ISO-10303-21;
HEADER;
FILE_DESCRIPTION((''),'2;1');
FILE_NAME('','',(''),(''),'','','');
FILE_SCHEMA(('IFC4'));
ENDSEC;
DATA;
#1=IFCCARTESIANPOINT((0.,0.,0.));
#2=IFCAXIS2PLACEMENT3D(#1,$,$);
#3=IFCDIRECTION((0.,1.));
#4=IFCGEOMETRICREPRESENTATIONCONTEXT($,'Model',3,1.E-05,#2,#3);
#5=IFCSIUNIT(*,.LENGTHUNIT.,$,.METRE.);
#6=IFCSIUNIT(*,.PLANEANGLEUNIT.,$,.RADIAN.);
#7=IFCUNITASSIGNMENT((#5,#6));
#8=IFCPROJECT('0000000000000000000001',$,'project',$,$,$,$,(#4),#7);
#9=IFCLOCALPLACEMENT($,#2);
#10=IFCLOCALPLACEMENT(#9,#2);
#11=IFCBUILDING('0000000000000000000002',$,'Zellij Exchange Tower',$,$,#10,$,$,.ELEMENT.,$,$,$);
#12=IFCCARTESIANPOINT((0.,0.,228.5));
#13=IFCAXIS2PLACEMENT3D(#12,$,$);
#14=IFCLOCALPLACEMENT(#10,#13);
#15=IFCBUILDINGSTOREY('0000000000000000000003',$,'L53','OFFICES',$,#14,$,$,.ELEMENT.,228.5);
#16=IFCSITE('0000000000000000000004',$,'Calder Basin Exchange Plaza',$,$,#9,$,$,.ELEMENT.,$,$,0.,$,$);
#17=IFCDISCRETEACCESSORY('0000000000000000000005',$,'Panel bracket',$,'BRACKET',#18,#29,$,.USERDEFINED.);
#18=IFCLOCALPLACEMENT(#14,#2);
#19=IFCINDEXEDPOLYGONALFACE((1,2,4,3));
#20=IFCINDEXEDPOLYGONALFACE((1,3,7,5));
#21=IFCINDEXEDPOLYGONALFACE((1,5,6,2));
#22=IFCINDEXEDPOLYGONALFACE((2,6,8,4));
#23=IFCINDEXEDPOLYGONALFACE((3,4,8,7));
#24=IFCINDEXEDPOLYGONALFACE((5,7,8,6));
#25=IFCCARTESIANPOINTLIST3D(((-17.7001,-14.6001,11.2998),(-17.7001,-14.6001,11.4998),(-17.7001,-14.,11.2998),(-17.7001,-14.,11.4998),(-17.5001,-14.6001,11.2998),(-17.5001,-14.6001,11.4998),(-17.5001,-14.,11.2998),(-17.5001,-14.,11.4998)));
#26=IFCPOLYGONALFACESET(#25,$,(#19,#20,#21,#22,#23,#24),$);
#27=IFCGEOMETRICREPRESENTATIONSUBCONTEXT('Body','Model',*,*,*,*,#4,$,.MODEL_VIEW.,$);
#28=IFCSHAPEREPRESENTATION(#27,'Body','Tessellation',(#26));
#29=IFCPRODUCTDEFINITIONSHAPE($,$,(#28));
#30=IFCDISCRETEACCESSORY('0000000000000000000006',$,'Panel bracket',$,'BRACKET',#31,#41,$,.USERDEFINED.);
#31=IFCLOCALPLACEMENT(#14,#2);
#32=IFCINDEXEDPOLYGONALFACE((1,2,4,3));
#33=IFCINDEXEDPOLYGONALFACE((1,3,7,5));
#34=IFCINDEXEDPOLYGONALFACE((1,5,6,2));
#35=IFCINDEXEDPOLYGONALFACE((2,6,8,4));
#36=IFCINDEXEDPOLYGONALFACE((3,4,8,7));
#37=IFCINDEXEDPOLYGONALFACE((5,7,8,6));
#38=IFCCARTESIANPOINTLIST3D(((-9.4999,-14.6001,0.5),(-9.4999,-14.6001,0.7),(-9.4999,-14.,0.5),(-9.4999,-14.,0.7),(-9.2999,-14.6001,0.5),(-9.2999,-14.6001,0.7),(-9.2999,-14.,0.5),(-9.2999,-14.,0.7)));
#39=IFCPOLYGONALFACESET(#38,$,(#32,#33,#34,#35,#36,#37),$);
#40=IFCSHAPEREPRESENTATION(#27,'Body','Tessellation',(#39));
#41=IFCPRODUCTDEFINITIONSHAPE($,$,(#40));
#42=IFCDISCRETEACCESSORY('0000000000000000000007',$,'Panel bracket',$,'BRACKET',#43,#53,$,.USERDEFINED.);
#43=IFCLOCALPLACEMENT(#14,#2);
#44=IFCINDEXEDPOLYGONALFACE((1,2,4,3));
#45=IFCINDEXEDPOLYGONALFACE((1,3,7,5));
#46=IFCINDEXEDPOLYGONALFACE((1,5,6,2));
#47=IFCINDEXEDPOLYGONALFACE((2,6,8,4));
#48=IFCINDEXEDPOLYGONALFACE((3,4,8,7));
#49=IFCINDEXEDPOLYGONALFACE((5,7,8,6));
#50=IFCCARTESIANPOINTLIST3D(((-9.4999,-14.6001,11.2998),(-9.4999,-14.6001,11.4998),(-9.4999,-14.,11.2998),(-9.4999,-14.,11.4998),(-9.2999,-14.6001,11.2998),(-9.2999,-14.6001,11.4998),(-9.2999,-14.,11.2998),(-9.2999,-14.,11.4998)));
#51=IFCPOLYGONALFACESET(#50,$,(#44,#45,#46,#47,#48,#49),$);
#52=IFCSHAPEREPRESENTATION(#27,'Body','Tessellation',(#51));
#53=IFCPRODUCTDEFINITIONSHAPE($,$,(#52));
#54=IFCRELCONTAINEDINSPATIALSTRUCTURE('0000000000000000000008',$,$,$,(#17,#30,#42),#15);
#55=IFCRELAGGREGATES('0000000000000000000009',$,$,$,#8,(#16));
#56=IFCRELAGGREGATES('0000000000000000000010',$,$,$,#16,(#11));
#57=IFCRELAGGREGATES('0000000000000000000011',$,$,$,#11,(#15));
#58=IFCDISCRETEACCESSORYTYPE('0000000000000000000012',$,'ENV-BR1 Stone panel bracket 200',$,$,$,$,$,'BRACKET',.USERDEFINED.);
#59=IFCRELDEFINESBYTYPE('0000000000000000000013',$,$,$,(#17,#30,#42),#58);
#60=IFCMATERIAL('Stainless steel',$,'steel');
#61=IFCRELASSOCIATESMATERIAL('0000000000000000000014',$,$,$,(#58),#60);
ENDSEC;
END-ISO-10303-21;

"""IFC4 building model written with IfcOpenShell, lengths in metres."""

from ifc_helpers import new_model, si_unit, direction, frame, origin, origin_2d, place, context, subcontext, project, spatial, rectangle, extrude, material, type_object, element, save


model = new_model("IFC4")

# Units and contexts
model_context = context("Model", 3, precision=1e-05, world=origin(), true_north=direction((0.0, 1.0)))
body_context = subcontext(model_context, "Body", "Model", "MODEL_VIEW")
ifc_project = project(units=[si_unit("LENGTHUNIT", "METRE"), si_unit("PLANEANGLEUNIT", "RADIAN")], contexts=[model_context])

# Site, building, storey
site_placement = place(None, origin())
site = spatial("IfcSite", under=ifc_project, at=site_placement, Name="Calder Basin Exchange Plaza", CompositionType="ELEMENT", RefElevation=0.0)
building_placement = place(site_placement, origin())
building = spatial("IfcBuilding", under=site, at=building_placement, Name="Zellij Exchange Tower", CompositionType="ELEMENT")
storey_placement = place(building_placement, frame((0.0, 0.0, 228.5)))
storey = spatial("IfcBuildingStorey", under=building, at=storey_placement, Name="L53", Description="OFFICES", CompositionType="ELEMENT", Elevation=228.5)

# Shared definitions
ifc_material_1 = material(Name="Stainless steel", Category="steel")

# Discrete accessories
discrete_accessory_type = type_object("IfcDiscreteAccessoryType", Name="ENV-BR1 Stone panel bracket 200", ElementType="BRACKET", PredefinedType="USERDEFINED", material=ifc_material_1)
for number, where, z_axis, x_axis, name in (
    (1, (-17.6001, -14.3, 11.2998), (0.0, 0.0, 1.0), (1.0, 0.0, 0.0), "Panel bracket"),
    (2, (-9.3999, -14.3, 0.5), (0.0, 0.0, 1.0), (1.0, 0.0, 0.0), "Panel bracket"),
    (3, (-9.3999, -14.3, 11.2998), (0.0, 0.0, 1.0), (1.0, 0.0, 0.0), "Panel bracket"),
):
    element("IfcDiscreteAccessory", number, at=place(storey_placement, frame(where, z_axis=z_axis, x_axis=x_axis)), inside=storey, type_object=discrete_accessory_type, Name=name, ObjectType="BRACKET", PredefinedType="USERDEFINED", context=body_context, shape_type="SweptSolid", body=[
        extrude(rectangle(XDim=0.2, YDim=0.6001, at=origin_2d()), origin(), (0.0, 0.0, 1.0), 0.2),
    ])

save(model, "model.ifc")
